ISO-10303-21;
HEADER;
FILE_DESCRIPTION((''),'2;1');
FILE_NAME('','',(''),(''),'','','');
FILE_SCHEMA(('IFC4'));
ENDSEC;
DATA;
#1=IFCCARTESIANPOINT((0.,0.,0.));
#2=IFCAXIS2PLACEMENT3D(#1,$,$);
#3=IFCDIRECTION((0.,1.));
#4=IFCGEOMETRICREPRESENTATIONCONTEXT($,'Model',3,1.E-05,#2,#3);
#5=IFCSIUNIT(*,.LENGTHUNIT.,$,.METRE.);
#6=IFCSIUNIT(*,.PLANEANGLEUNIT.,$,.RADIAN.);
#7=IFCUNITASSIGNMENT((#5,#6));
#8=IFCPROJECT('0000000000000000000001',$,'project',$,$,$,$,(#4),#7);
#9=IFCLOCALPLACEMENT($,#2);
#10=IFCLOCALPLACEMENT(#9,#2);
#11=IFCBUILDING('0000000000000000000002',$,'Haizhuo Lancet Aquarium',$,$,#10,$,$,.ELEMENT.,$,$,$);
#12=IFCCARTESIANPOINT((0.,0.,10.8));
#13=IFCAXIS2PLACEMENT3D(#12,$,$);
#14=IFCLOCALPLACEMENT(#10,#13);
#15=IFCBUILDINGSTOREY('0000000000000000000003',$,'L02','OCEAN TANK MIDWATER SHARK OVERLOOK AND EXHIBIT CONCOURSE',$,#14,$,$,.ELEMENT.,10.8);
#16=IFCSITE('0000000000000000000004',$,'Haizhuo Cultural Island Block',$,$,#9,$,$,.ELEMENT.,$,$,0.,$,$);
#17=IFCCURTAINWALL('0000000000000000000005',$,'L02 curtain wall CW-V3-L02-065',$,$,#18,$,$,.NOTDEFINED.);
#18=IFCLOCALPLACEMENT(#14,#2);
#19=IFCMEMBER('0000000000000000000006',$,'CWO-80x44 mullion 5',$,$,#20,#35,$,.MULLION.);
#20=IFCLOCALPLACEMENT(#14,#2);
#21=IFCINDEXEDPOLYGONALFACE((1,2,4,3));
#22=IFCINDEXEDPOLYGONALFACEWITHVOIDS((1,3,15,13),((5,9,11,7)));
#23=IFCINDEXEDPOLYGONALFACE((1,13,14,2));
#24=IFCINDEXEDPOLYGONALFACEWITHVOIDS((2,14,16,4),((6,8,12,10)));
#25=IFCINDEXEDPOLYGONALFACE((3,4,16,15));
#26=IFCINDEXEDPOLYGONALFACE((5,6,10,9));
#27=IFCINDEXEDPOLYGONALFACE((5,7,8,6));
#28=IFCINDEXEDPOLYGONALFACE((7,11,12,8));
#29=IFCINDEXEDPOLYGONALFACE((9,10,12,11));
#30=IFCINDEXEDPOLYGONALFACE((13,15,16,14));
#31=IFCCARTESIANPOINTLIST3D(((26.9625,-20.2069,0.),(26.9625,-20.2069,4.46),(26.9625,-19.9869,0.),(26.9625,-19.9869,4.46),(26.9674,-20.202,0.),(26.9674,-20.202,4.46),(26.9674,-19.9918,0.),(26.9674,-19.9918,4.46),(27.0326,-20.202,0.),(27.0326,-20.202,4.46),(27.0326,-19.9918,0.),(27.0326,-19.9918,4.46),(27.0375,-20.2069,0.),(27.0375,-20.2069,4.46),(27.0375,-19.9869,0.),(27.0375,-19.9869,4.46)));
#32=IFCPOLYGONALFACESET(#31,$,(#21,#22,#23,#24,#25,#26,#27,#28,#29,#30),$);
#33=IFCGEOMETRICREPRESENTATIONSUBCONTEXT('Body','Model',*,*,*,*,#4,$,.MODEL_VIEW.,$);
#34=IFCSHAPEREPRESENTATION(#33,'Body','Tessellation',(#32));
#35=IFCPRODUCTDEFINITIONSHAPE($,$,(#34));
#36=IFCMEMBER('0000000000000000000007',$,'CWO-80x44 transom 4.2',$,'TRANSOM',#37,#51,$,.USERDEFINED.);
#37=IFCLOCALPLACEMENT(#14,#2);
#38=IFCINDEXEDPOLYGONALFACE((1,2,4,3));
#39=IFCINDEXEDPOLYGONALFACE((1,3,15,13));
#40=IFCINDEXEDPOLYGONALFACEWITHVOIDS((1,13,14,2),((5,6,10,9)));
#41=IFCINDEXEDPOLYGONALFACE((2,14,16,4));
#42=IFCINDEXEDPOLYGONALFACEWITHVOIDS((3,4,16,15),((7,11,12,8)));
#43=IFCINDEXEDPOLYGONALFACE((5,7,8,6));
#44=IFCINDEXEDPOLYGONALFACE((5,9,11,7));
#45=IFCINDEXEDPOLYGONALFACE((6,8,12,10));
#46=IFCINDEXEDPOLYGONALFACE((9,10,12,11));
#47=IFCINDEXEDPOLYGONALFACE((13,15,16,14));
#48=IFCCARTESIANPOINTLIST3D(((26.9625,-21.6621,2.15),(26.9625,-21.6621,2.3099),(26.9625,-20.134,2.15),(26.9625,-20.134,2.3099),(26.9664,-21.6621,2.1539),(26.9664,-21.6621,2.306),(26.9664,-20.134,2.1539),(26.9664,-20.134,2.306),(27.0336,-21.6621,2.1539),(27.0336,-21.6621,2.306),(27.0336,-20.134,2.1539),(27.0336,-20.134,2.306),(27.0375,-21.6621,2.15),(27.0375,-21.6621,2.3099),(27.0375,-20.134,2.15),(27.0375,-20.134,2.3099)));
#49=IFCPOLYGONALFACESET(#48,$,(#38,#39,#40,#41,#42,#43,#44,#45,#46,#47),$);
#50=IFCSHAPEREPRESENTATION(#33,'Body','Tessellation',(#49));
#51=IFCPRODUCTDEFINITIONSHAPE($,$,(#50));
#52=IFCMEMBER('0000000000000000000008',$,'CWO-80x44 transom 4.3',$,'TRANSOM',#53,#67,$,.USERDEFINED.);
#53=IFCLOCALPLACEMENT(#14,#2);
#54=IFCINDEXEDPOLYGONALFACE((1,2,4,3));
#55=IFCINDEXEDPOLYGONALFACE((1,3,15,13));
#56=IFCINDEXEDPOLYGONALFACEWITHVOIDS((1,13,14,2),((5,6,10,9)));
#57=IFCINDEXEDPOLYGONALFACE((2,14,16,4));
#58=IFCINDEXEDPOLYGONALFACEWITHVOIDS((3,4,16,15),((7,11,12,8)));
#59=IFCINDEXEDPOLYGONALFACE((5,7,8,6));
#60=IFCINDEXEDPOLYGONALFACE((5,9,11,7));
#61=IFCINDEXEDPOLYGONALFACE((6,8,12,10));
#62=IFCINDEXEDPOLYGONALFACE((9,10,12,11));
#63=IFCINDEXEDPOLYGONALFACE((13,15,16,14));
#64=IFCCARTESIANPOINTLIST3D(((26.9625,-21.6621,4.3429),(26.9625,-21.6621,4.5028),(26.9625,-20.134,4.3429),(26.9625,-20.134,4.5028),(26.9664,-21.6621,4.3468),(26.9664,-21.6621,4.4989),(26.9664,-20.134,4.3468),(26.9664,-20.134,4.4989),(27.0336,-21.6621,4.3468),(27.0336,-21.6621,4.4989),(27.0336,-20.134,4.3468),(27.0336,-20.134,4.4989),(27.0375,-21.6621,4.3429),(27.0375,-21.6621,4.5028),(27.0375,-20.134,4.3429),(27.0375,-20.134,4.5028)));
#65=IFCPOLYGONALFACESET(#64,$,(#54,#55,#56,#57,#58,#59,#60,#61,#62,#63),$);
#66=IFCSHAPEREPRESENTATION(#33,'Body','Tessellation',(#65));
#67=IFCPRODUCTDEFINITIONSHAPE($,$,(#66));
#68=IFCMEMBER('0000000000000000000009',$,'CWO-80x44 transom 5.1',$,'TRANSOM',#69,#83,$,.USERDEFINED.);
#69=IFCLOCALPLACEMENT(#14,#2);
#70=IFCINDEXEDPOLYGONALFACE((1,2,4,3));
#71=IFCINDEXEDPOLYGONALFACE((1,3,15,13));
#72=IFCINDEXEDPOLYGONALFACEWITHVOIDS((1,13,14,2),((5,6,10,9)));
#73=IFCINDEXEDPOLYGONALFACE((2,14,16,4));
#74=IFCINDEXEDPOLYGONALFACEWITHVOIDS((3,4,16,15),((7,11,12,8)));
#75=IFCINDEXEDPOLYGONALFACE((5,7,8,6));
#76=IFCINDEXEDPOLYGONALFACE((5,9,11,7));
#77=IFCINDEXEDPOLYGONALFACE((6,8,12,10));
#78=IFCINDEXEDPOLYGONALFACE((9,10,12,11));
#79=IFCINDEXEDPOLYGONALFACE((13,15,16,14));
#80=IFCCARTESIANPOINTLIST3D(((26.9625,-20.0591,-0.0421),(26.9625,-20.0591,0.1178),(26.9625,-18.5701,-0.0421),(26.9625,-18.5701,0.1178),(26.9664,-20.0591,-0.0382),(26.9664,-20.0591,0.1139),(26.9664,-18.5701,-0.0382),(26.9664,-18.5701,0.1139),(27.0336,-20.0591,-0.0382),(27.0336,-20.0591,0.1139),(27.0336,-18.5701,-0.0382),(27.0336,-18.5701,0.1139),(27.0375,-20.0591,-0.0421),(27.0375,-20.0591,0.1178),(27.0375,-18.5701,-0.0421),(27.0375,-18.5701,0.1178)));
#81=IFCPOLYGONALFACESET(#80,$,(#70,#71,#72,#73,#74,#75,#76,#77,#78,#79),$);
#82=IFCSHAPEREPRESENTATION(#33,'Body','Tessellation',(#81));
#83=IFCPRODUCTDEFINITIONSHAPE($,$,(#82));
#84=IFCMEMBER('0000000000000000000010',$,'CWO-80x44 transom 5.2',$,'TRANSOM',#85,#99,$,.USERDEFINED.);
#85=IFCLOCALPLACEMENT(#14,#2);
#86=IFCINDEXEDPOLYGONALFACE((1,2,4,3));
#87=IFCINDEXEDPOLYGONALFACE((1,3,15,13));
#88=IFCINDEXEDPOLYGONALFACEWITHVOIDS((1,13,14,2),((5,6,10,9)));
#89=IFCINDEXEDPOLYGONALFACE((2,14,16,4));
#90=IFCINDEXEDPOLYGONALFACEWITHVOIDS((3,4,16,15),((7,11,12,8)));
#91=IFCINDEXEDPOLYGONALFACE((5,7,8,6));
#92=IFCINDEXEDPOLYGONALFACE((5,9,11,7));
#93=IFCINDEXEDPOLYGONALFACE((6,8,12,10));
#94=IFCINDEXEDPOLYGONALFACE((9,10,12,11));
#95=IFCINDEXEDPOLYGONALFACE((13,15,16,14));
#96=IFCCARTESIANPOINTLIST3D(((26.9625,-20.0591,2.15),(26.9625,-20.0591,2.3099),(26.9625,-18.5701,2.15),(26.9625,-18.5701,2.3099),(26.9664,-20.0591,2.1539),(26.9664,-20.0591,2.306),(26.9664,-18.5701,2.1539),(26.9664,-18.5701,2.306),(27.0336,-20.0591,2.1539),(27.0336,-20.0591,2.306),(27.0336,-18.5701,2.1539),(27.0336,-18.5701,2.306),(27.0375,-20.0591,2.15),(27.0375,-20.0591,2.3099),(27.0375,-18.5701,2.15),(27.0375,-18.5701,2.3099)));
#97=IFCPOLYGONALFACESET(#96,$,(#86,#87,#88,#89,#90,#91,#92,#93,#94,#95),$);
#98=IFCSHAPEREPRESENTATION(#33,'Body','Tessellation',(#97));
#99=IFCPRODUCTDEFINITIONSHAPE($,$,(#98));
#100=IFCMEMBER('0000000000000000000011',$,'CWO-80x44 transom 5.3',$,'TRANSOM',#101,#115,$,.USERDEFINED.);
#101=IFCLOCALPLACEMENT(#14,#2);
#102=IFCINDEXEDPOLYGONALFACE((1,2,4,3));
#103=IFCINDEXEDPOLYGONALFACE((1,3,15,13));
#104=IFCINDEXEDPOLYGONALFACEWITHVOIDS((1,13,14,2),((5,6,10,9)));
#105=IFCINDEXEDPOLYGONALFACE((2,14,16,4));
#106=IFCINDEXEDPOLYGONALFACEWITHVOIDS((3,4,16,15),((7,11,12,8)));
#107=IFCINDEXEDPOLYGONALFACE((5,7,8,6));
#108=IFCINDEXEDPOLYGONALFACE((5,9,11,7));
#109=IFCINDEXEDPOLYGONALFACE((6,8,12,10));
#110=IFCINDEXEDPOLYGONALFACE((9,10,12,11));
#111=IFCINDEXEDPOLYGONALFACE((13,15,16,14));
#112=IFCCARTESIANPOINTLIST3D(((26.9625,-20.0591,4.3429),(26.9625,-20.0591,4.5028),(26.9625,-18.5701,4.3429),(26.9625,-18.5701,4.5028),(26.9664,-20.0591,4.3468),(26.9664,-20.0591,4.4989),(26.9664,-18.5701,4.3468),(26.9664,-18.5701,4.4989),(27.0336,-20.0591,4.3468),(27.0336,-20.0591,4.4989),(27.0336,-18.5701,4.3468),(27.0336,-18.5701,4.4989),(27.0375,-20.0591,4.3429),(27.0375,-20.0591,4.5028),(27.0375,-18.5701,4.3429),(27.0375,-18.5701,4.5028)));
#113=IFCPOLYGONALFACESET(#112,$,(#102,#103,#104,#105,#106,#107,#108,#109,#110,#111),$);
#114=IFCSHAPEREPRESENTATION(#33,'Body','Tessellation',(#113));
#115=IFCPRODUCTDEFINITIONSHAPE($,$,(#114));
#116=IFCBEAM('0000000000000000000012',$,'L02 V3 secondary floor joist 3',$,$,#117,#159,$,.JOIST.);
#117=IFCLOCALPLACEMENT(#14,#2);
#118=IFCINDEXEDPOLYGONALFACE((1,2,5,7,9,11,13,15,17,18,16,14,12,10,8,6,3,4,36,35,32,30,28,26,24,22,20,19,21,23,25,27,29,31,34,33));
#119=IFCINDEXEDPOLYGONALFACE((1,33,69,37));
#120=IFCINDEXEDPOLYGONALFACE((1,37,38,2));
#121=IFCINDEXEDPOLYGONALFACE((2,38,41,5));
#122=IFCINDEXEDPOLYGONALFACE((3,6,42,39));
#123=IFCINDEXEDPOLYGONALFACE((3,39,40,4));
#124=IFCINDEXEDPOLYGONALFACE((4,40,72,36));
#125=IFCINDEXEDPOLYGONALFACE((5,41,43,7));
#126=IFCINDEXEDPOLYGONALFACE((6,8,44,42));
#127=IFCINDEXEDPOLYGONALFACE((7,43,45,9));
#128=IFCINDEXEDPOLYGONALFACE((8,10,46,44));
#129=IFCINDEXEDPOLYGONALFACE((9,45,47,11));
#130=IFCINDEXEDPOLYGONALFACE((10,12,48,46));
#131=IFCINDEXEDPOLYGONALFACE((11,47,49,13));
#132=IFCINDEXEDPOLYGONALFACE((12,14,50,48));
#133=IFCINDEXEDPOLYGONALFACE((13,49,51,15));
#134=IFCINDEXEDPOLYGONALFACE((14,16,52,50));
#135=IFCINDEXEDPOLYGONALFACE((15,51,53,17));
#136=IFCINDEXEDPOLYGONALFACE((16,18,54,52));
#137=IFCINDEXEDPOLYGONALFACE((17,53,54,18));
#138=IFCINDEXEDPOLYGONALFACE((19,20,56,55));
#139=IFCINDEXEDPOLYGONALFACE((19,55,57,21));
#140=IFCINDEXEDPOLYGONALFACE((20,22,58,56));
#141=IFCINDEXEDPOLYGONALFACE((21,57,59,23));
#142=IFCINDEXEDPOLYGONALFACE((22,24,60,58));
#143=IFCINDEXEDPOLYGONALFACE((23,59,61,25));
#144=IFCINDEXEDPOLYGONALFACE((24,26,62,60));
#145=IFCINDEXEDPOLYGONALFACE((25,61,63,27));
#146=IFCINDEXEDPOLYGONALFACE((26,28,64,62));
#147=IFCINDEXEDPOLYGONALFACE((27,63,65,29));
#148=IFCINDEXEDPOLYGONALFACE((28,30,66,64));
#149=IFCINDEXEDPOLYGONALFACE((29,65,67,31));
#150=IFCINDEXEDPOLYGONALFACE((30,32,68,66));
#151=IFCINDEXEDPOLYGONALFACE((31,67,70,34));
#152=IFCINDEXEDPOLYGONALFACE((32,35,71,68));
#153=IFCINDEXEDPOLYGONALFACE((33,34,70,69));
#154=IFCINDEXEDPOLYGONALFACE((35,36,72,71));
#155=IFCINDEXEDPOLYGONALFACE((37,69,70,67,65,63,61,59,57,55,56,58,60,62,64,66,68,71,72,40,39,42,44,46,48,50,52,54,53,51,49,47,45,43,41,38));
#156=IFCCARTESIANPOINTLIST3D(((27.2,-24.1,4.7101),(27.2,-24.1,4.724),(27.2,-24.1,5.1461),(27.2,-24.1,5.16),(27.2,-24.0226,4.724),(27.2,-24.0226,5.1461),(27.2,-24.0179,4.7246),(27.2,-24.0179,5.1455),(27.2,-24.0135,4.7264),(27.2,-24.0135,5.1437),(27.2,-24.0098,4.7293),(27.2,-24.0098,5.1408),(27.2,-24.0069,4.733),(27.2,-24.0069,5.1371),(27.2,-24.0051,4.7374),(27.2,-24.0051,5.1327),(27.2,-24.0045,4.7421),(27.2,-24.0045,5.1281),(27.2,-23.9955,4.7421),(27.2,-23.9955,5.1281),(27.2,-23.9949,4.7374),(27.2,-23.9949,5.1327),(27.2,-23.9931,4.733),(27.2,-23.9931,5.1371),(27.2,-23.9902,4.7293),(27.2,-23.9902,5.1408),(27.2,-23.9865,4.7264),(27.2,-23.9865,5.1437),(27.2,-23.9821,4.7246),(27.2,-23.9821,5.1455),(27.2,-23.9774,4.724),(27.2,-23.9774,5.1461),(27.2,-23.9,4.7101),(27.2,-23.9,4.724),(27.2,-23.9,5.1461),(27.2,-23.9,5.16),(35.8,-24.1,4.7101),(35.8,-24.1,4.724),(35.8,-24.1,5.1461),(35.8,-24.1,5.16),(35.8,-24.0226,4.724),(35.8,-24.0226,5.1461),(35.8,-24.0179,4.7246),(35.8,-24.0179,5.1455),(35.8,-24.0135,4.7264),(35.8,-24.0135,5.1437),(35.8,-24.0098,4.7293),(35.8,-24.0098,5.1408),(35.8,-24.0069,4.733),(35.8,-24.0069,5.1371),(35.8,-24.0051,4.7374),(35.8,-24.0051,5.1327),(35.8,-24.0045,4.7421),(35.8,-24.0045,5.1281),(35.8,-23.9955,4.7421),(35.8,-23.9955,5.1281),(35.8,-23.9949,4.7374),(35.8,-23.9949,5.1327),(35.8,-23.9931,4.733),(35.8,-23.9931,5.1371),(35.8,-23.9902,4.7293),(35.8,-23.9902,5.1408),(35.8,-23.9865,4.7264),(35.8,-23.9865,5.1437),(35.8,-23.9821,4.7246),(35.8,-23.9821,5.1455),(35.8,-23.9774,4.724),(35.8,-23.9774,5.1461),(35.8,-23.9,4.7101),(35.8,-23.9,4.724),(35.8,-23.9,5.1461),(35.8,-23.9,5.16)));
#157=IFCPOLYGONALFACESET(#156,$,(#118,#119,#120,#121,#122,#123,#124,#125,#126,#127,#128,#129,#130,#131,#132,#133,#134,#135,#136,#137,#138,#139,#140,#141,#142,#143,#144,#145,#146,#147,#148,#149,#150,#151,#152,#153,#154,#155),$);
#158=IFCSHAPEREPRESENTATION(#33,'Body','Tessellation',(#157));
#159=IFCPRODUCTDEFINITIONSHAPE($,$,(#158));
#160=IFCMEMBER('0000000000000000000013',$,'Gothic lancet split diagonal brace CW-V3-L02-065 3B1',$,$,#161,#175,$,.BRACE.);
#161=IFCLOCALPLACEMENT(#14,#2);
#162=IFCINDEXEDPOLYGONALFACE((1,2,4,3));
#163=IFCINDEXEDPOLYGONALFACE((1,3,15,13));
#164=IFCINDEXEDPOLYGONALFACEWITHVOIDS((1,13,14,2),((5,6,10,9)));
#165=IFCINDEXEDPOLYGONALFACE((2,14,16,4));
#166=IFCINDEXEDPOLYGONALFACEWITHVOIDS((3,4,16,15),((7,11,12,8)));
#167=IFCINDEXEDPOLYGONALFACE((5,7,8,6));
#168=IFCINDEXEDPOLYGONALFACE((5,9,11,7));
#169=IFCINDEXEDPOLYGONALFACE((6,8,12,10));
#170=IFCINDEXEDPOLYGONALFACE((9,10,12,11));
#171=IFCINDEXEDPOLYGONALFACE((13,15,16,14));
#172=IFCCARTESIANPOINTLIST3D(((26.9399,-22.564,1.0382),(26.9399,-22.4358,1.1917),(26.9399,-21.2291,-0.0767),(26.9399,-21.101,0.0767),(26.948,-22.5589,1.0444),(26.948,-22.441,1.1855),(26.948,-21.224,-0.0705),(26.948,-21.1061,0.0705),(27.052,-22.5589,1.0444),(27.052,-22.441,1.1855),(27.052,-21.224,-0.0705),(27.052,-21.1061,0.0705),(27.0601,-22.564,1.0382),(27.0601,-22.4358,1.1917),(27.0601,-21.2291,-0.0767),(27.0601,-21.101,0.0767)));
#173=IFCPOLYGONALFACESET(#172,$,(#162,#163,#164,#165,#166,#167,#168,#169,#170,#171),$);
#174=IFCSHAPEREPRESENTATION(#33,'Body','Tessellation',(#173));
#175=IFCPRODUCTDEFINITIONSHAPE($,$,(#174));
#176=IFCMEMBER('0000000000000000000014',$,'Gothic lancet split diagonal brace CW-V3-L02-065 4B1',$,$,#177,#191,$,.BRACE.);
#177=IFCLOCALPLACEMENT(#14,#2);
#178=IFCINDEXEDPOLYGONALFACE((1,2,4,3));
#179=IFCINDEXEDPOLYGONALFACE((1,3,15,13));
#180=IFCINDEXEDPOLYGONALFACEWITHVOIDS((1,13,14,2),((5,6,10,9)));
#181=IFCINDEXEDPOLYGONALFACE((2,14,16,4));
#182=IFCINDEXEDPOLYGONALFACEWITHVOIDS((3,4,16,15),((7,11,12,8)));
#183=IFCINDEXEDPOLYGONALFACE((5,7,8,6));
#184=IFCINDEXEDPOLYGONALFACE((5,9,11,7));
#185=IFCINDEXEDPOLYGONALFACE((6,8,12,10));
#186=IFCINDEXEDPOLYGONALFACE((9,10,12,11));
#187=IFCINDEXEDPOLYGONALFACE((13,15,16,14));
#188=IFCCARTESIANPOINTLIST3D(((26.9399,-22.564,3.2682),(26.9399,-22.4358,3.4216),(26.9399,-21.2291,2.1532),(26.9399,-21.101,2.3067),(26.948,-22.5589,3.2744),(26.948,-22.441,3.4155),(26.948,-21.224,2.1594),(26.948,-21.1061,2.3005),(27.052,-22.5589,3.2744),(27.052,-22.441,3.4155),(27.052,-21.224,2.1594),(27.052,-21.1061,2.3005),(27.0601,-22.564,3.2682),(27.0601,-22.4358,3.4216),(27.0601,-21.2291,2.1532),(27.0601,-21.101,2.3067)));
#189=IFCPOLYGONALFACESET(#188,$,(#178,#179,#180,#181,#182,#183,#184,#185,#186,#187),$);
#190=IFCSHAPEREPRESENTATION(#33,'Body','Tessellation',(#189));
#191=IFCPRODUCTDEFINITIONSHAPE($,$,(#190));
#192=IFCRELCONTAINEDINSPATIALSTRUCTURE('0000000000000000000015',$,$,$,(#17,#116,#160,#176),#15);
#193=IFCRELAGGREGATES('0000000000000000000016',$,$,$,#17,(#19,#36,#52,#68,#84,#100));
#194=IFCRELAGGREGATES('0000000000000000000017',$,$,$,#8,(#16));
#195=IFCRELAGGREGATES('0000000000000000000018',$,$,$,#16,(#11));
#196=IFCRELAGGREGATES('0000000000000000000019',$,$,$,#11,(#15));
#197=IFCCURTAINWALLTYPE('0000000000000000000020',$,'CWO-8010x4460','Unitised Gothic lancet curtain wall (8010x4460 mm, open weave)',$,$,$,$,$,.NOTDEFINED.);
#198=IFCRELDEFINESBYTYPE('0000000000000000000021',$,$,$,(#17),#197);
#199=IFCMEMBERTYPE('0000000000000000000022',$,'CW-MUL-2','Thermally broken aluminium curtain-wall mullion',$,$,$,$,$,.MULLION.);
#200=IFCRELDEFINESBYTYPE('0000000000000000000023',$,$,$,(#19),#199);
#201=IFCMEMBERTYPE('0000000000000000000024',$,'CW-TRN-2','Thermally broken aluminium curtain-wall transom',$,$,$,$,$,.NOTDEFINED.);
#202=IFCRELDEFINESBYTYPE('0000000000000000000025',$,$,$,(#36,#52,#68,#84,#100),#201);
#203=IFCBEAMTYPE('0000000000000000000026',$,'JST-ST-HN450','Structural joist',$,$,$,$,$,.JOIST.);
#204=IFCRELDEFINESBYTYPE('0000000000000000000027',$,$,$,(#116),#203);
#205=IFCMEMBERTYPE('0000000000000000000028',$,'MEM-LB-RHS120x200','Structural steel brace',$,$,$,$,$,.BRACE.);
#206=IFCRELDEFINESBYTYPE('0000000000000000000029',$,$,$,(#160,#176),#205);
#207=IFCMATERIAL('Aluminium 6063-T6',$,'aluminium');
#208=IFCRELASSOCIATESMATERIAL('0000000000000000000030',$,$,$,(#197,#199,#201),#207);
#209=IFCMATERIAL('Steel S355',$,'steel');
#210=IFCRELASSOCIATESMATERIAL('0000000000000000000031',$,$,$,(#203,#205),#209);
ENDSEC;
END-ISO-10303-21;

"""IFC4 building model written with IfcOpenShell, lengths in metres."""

from ifc_helpers import new_model, si_unit, direction, frame, origin, origin_2d, place, context, subcontext, project, spatial, hollow_rectangle, i_section, extrude, material, material_profile, profile_set, type_object, element, aggregate, save


model = new_model("IFC4")

# Units and contexts
model_context = context("Model", 3, precision=1e-05, world=origin(), true_north=direction((0.0, 1.0)))
body_context = subcontext(model_context, "Body", "Model", "MODEL_VIEW")
ifc_project = project(units=[si_unit("LENGTHUNIT", "METRE"), si_unit("PLANEANGLEUNIT", "RADIAN")], contexts=[model_context])

# Site, building, storey
site_placement = place(None, origin())
site = spatial("IfcSite", under=ifc_project, at=site_placement, Name="Haizhuo Cultural Island Block", CompositionType="ELEMENT", RefElevation=0.0)
building_placement = place(site_placement, origin())
building = spatial("IfcBuilding", under=site, at=building_placement, Name="Haizhuo Lancet Aquarium", CompositionType="ELEMENT")
storey_placement = place(building_placement, frame((0.0, 0.0, 10.8)))
storey = spatial("IfcBuildingStorey", under=building, at=storey_placement, Name="L02", Description="OCEAN TANK MIDWATER SHARK OVERLOOK AND EXHIBIT CONCOURSE", CompositionType="ELEMENT", Elevation=10.8)

# Curtain wall, members
ifc_material_1 = material(Name="Aluminium 6063-T6", Category="aluminium")
curtain_wall_type = type_object("IfcCurtainWallType", Name="CWO-8010x4460", Description="Unitised Gothic lancet curtain wall (8010x4460 mm, open weave)", PredefinedType="NOTDEFINED", material=ifc_material_1)
curtain_wall_placement = place(storey_placement, origin())
curtain_wall = element("IfcCurtainWall", 1, at=curtain_wall_placement, inside=storey, type_object=curtain_wall_type, Name="L02 curtain wall CW-V3-L02-065", PredefinedType="NOTDEFINED")
ifc_material_profile_1 = material_profile(ifc_material_1, hollow_rectangle(XDim=0.075, YDim=0.22, WallThickness=0.0049, at=origin_2d()), Name="ALU-M 75x220x5")
ifc_profile_set_1 = profile_set([ifc_material_profile_1], Name="Aluminium 6063-T6")
member_type_1 = type_object("IfcMemberType", Name="CW-MUL-2", Description="Thermally broken aluminium curtain-wall mullion", PredefinedType="MULLION", material=ifc_profile_set_1)
member_1_placement = place(storey_placement, frame((27.0, -20.0969, 0.0), z_axis=(0.0, 0.0, 1.0), x_axis=(-1.0, 0.0, 0.0)))
member_1 = element("IfcMember", 2, at=member_1_placement, type_object=member_type_1, Name="CWO-80x44 mullion 5", PredefinedType="MULLION", context=body_context, shape_type="SweptSolid", body=[
    extrude(hollow_rectangle(XDim=0.075, YDim=0.22, WallThickness=0.0049, at=origin_2d()), origin(), (0.0, 0.0, 1.0), 4.46),
])
ifc_material_profile_2 = material_profile(ifc_material_1, hollow_rectangle(XDim=0.075, YDim=0.1599, WallThickness=0.0039, at=origin_2d()), Name="ALU-T 75x160x4")
ifc_profile_set_2 = profile_set([ifc_material_profile_2], Name="Aluminium 6063-T6")
member_type_2 = type_object("IfcMemberType", Name="CW-TRN-2", Description="Thermally broken aluminium curtain-wall transom", PredefinedType="NOTDEFINED", material=ifc_profile_set_2)
member_2_placement = place(storey_placement, frame((27.0, -21.6621, 2.23), z_axis=(0.0, 1.0, 0.0), x_axis=(-1.0, 0.0, 0.0)))
member_2 = element("IfcMember", 3, at=member_2_placement, type_object=member_type_2, Name="CWO-80x44 transom 4.2", ObjectType="TRANSOM", PredefinedType="USERDEFINED", context=body_context, shape_type="SweptSolid", body=[
    extrude(hollow_rectangle(XDim=0.075, YDim=0.1599, WallThickness=0.0039, at=origin_2d()), origin(), (0.0, 0.0, 1.0), 1.5281),
])
member_3_placement = place(storey_placement, frame((27.0, -21.6621, 4.4229), z_axis=(0.0, 1.0, 0.0), x_axis=(-1.0, 0.0, 0.0)))
member_3 = element("IfcMember", 4, at=member_3_placement, type_object=member_type_2, Name="CWO-80x44 transom 4.3", ObjectType="TRANSOM", PredefinedType="USERDEFINED", context=body_context, shape_type="SweptSolid", body=[
    extrude(hollow_rectangle(XDim=0.075, YDim=0.1599, WallThickness=0.0039, at=origin_2d()), origin(), (0.0, 0.0, 1.0), 1.5281),
])
member_4_placement = place(storey_placement, frame((27.0, -20.0591, 0.0378), z_axis=(0.0, 1.0, 0.0), x_axis=(-1.0, 0.0, 0.0)))
member_4 = element("IfcMember", 5, at=member_4_placement, type_object=member_type_2, Name="CWO-80x44 transom 5.1", ObjectType="TRANSOM", PredefinedType="USERDEFINED", context=body_context, shape_type="SweptSolid", body=[
    extrude(hollow_rectangle(XDim=0.075, YDim=0.1599, WallThickness=0.0039, at=origin_2d()), origin(), (0.0, 0.0, 1.0), 1.489),
])
member_5_placement = place(storey_placement, frame((27.0, -20.0591, 2.23), z_axis=(0.0, 1.0, 0.0), x_axis=(-1.0, 0.0, 0.0)))
member_5 = element("IfcMember", 6, at=member_5_placement, type_object=member_type_2, Name="CWO-80x44 transom 5.2", ObjectType="TRANSOM", PredefinedType="USERDEFINED", context=body_context, shape_type="SweptSolid", body=[
    extrude(hollow_rectangle(XDim=0.075, YDim=0.1599, WallThickness=0.0039, at=origin_2d()), origin(), (0.0, 0.0, 1.0), 1.489),
])
member_6_placement = place(storey_placement, frame((27.0, -20.0591, 4.4229), z_axis=(0.0, 1.0, 0.0), x_axis=(-1.0, 0.0, 0.0)))
member_6 = element("IfcMember", 7, at=member_6_placement, type_object=member_type_2, Name="CWO-80x44 transom 5.3", ObjectType="TRANSOM", PredefinedType="USERDEFINED", context=body_context, shape_type="SweptSolid", body=[
    extrude(hollow_rectangle(XDim=0.075, YDim=0.1599, WallThickness=0.0039, at=origin_2d()), origin(), (0.0, 0.0, 1.0), 1.489),
])

# Beam
ifc_material_2 = material(Name="Steel S355", Category="steel")
ifc_material_profile_3 = material_profile(ifc_material_2, i_section(OverallWidth=0.2, OverallDepth=0.45, WebThickness=0.009, FlangeThickness=0.0139, FilletRadius=0.0181, at=origin_2d()), Name="HN 450x200x9x14")
ifc_profile_set_3 = profile_set([ifc_material_profile_3], Name="Steel S355")
beam_type = type_object("IfcBeamType", Name="JST-ST-HN450", Description="Structural joist", PredefinedType="JOIST", material=ifc_profile_set_3)
beam_placement = place(storey_placement, frame((27.2, -24.0, 4.9351), z_axis=(1.0, 0.0, 0.0), x_axis=(0.0, 1.0, 0.0)))
element("IfcBeam", 8, at=beam_placement, inside=storey, type_object=beam_type, Name="L02 V3 secondary floor joist 3", PredefinedType="JOIST", context=body_context, shape_type="SweptSolid", body=[
    extrude(i_section(OverallWidth=0.2, OverallDepth=0.45, WebThickness=0.009, FlangeThickness=0.0139, FilletRadius=0.0181, at=origin_2d()), origin(), (0.0, 0.0, 1.0), 8.6001),
])

# Members
ifc_material_profile_4 = material_profile(ifc_material_2, hollow_rectangle(XDim=0.1201, YDim=0.2, WallThickness=0.0081, at=origin_2d()), Name="RHS 120x200x8")
ifc_profile_set_4 = profile_set([ifc_material_profile_4], Name="Steel S355")
member_type_3 = type_object("IfcMemberType", Name="MEM-LB-RHS120x200", Description="Structural steel brace", PredefinedType="BRACE", material=ifc_profile_set_4)
for number, where, z_axis, x_axis, name in (
    (9, (27.0, -21.165, 0.0), (0.0, -0.767507, 0.64104), (1.0, 0.0, 0.0), "Gothic lancet split diagonal brace CW-V3-L02-065 3B1"),
    (10, (27.0, -21.165, 2.23), (0.0, -0.767507, 0.64104), (1.0, 0.0, 0.0), "Gothic lancet split diagonal brace CW-V3-L02-065 4B1"),
):
    element("IfcMember", number, at=place(storey_placement, frame(where, z_axis=z_axis, x_axis=x_axis)), inside=storey, type_object=member_type_3, Name=name, PredefinedType="BRACE", context=body_context, shape_type="SweptSolid", body=[
        extrude(hollow_rectangle(XDim=0.1201, YDim=0.2, WallThickness=0.0081, at=origin_2d()), origin(), (0.0, 0.0, 1.0), 1.7393),
    ])

aggregate(curtain_wall, [member_1, member_2, member_3, member_4, member_5, member_6])

save(model, "model.ifc")
